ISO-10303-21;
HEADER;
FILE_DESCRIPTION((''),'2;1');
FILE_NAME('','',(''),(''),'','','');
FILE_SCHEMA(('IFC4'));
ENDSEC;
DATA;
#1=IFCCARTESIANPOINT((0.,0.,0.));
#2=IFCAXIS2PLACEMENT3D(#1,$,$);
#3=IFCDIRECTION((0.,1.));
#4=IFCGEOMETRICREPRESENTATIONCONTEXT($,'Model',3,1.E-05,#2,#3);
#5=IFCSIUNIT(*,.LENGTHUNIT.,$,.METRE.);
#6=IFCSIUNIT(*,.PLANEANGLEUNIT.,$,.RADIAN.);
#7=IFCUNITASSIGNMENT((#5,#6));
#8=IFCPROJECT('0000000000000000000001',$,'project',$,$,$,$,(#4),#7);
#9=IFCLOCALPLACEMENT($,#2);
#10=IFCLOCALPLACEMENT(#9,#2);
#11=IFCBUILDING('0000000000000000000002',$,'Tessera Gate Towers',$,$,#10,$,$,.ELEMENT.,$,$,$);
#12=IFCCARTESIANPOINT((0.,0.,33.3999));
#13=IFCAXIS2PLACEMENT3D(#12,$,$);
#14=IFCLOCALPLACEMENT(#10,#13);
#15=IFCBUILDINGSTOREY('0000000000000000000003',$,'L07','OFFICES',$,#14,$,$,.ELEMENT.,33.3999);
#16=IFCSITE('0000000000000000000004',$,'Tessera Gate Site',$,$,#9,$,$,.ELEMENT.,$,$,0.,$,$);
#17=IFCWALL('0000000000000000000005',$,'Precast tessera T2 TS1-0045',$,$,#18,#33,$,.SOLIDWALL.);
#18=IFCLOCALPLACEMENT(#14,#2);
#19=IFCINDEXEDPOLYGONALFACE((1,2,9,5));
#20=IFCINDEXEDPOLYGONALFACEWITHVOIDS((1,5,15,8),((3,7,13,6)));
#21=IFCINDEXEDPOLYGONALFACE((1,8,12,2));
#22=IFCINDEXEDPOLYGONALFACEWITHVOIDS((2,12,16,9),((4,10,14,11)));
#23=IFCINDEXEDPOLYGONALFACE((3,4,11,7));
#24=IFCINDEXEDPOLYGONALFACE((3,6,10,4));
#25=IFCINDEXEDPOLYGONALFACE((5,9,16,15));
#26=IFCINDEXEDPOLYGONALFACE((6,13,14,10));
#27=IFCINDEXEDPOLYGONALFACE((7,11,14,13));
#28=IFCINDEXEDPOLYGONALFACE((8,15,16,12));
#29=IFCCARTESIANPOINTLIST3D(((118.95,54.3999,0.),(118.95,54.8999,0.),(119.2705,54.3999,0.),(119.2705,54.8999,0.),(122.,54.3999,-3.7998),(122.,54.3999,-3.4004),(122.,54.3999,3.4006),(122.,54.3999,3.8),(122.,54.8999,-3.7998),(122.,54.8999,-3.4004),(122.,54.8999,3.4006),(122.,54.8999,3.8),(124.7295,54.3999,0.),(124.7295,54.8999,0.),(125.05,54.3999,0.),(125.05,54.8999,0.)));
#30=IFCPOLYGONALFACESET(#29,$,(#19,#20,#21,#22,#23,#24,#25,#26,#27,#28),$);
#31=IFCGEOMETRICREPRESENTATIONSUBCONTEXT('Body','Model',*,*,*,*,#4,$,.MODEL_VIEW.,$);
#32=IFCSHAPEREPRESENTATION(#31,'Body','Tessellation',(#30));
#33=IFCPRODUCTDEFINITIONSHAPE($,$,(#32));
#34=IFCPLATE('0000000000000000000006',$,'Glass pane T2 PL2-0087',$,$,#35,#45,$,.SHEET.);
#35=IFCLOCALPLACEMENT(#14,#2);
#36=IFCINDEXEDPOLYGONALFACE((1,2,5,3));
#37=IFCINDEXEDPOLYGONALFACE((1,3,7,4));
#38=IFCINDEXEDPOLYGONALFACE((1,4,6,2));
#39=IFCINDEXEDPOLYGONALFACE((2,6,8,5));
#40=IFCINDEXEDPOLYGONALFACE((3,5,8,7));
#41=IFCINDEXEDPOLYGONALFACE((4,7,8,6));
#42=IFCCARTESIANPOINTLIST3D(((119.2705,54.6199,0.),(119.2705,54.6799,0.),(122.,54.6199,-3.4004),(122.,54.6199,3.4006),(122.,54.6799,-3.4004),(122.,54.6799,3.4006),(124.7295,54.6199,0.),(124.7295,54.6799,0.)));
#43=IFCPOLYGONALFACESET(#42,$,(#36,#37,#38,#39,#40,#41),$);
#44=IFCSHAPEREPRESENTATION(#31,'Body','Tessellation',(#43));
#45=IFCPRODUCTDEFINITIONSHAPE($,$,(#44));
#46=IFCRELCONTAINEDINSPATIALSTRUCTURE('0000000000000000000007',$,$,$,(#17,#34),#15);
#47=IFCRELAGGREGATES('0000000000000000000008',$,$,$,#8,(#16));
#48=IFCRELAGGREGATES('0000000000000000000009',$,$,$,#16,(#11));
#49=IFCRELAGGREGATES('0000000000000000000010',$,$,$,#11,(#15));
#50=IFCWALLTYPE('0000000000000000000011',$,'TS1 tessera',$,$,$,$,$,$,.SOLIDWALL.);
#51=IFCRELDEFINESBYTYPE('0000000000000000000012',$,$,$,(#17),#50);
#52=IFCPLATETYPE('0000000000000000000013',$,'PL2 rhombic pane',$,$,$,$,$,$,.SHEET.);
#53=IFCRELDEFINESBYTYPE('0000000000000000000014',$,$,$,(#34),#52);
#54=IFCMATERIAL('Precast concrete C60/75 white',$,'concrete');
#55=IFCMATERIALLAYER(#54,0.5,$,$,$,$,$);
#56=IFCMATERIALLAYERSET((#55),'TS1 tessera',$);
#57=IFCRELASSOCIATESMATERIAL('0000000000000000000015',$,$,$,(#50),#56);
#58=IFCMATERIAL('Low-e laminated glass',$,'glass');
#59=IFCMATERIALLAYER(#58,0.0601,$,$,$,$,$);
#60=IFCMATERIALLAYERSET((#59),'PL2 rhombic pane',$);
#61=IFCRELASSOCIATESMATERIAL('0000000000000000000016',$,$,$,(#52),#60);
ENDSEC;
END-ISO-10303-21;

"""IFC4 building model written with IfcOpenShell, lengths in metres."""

from ifc_helpers import new_model, si_unit, direction, frame, origin, place, context, subcontext, project, spatial, polyline, outline, extrude, source, transform, mapped, material, layer, layer_set, type_object, element, fill, save


model = new_model("IFC4")

# Units and contexts
model_context = context("Model", 3, precision=1e-05, world=origin(), true_north=direction((0.0, 1.0)))
body_context = subcontext(model_context, "Body", "Model", "MODEL_VIEW")
ifc_project = project(units=[si_unit("LENGTHUNIT", "METRE"), si_unit("PLANEANGLEUNIT", "RADIAN")], contexts=[model_context])

# Site, building, storey
site_placement = place(None, origin())
site = spatial("IfcSite", under=ifc_project, at=site_placement, Name="Tessera Gate Site", CompositionType="ELEMENT", RefElevation=0.0)
building_placement = place(site_placement, origin())
building = spatial("IfcBuilding", under=site, at=building_placement, Name="Tessera Gate Towers", CompositionType="ELEMENT")
storey_placement = place(building_placement, frame((0.0, 0.0, 33.3999)))
storey = spatial("IfcBuildingStorey", under=building, at=storey_placement, Name="L07", Description="OFFICES", CompositionType="ELEMENT", Elevation=33.3999)

# Wall, opening, plate
ifc_material_1 = material(Name="Precast concrete C60/75 white", Category="concrete")
ifc_layer_1 = layer(ifc_material_1, 0.5)
ifc_layer_set_1 = layer_set([ifc_layer_1], Name="TS1 tessera")
wall_type_1 = type_object("IfcWallType", Name="TS1 tessera", PredefinedType="SOLIDWALL", material=ifc_layer_set_1)
shared_shape_1 = source(origin(), body_context, "Body", "SweptSolid", [
    extrude(outline(polyline([(3.05, 0.0), (6.1001, 3.7998), (3.05, 7.5999), (0.0, 3.7998), (3.05, 0.0)])), frame((0.0, 0.25, 0.0), z_axis=(0.0, -1.0, 0.0), x_axis=(1.0, 0.0, 0.0)), (0.0, 0.0, 1.0), 0.5),
])
wall_1_placement = place(storey_placement, frame((125.05, 54.6499, -3.7998), z_axis=(0.0, 0.0, 1.0), x_axis=(-1.0, 0.0, 0.0)))
wall_1 = element("IfcWall", 1, at=wall_1_placement, inside=storey, type_object=wall_type_1, Name="Precast tessera T2 TS1-0045", PredefinedType="SOLIDWALL", context=body_context, shape_type="MappedRepresentation", body=[
    mapped(shared_shape_1, transform((0.0, 0.0, 0.0), scale=1.0)),
])
shared_shape_2 = source(origin(), body_context, "Body", "SweptSolid", [
    extrude(outline(polyline([(3.05, 0.3994), (5.7795, 3.7998), (3.05, 7.2004), (0.3206, 3.7998), (3.05, 0.3994)])), frame((0.0, 0.26, 0.0), z_axis=(0.0, -1.0, 0.0), x_axis=(1.0, 0.0, 0.0)), (0.0, 0.0, 1.0), 0.52),
])
opening_1_placement = place(wall_1_placement, origin())
opening_1 = element("IfcOpeningElement", 2, at=opening_1_placement, cuts=wall_1, PredefinedType="OPENING", context=body_context, shape_type="MappedRepresentation", body=[
    mapped(shared_shape_2, transform((0.0, 0.0, 0.0), scale=1.0)),
])
ifc_material_2 = material(Name="Low-e laminated glass", Category="glass")
ifc_layer_2 = layer(ifc_material_2, 0.0601)
ifc_layer_set_2 = layer_set([ifc_layer_2], Name="PL2 rhombic pane")
plate_type = type_object("IfcPlateType", Name="PL2 rhombic pane", PredefinedType="SHEET", material=ifc_layer_set_2)
shared_shape_3 = source(origin(), body_context, "Body", "SweptSolid", [
    extrude(outline(polyline([(3.05, 0.3994), (5.7795, 3.7998), (3.05, 7.2004), (0.3206, 3.7998), (3.05, 0.3994)])), frame((0.0, 0.03, 0.0), z_axis=(0.0, -1.0, 0.0), x_axis=(1.0, 0.0, 0.0)), (0.0, 0.0, 1.0), 0.0601),
])
plate_placement = place(opening_1_placement, origin())
plate = element("IfcPlate", 3, at=plate_placement, inside=storey, type_object=plate_type, Name="Glass pane T2 PL2-0087", PredefinedType="SHEET", context=body_context, shape_type="MappedRepresentation", body=[
    mapped(shared_shape_3, transform((0.0, 0.0, 0.0), scale=1.0)),
])
fill(opening_1, plate)

save(model, "model.ifc")
